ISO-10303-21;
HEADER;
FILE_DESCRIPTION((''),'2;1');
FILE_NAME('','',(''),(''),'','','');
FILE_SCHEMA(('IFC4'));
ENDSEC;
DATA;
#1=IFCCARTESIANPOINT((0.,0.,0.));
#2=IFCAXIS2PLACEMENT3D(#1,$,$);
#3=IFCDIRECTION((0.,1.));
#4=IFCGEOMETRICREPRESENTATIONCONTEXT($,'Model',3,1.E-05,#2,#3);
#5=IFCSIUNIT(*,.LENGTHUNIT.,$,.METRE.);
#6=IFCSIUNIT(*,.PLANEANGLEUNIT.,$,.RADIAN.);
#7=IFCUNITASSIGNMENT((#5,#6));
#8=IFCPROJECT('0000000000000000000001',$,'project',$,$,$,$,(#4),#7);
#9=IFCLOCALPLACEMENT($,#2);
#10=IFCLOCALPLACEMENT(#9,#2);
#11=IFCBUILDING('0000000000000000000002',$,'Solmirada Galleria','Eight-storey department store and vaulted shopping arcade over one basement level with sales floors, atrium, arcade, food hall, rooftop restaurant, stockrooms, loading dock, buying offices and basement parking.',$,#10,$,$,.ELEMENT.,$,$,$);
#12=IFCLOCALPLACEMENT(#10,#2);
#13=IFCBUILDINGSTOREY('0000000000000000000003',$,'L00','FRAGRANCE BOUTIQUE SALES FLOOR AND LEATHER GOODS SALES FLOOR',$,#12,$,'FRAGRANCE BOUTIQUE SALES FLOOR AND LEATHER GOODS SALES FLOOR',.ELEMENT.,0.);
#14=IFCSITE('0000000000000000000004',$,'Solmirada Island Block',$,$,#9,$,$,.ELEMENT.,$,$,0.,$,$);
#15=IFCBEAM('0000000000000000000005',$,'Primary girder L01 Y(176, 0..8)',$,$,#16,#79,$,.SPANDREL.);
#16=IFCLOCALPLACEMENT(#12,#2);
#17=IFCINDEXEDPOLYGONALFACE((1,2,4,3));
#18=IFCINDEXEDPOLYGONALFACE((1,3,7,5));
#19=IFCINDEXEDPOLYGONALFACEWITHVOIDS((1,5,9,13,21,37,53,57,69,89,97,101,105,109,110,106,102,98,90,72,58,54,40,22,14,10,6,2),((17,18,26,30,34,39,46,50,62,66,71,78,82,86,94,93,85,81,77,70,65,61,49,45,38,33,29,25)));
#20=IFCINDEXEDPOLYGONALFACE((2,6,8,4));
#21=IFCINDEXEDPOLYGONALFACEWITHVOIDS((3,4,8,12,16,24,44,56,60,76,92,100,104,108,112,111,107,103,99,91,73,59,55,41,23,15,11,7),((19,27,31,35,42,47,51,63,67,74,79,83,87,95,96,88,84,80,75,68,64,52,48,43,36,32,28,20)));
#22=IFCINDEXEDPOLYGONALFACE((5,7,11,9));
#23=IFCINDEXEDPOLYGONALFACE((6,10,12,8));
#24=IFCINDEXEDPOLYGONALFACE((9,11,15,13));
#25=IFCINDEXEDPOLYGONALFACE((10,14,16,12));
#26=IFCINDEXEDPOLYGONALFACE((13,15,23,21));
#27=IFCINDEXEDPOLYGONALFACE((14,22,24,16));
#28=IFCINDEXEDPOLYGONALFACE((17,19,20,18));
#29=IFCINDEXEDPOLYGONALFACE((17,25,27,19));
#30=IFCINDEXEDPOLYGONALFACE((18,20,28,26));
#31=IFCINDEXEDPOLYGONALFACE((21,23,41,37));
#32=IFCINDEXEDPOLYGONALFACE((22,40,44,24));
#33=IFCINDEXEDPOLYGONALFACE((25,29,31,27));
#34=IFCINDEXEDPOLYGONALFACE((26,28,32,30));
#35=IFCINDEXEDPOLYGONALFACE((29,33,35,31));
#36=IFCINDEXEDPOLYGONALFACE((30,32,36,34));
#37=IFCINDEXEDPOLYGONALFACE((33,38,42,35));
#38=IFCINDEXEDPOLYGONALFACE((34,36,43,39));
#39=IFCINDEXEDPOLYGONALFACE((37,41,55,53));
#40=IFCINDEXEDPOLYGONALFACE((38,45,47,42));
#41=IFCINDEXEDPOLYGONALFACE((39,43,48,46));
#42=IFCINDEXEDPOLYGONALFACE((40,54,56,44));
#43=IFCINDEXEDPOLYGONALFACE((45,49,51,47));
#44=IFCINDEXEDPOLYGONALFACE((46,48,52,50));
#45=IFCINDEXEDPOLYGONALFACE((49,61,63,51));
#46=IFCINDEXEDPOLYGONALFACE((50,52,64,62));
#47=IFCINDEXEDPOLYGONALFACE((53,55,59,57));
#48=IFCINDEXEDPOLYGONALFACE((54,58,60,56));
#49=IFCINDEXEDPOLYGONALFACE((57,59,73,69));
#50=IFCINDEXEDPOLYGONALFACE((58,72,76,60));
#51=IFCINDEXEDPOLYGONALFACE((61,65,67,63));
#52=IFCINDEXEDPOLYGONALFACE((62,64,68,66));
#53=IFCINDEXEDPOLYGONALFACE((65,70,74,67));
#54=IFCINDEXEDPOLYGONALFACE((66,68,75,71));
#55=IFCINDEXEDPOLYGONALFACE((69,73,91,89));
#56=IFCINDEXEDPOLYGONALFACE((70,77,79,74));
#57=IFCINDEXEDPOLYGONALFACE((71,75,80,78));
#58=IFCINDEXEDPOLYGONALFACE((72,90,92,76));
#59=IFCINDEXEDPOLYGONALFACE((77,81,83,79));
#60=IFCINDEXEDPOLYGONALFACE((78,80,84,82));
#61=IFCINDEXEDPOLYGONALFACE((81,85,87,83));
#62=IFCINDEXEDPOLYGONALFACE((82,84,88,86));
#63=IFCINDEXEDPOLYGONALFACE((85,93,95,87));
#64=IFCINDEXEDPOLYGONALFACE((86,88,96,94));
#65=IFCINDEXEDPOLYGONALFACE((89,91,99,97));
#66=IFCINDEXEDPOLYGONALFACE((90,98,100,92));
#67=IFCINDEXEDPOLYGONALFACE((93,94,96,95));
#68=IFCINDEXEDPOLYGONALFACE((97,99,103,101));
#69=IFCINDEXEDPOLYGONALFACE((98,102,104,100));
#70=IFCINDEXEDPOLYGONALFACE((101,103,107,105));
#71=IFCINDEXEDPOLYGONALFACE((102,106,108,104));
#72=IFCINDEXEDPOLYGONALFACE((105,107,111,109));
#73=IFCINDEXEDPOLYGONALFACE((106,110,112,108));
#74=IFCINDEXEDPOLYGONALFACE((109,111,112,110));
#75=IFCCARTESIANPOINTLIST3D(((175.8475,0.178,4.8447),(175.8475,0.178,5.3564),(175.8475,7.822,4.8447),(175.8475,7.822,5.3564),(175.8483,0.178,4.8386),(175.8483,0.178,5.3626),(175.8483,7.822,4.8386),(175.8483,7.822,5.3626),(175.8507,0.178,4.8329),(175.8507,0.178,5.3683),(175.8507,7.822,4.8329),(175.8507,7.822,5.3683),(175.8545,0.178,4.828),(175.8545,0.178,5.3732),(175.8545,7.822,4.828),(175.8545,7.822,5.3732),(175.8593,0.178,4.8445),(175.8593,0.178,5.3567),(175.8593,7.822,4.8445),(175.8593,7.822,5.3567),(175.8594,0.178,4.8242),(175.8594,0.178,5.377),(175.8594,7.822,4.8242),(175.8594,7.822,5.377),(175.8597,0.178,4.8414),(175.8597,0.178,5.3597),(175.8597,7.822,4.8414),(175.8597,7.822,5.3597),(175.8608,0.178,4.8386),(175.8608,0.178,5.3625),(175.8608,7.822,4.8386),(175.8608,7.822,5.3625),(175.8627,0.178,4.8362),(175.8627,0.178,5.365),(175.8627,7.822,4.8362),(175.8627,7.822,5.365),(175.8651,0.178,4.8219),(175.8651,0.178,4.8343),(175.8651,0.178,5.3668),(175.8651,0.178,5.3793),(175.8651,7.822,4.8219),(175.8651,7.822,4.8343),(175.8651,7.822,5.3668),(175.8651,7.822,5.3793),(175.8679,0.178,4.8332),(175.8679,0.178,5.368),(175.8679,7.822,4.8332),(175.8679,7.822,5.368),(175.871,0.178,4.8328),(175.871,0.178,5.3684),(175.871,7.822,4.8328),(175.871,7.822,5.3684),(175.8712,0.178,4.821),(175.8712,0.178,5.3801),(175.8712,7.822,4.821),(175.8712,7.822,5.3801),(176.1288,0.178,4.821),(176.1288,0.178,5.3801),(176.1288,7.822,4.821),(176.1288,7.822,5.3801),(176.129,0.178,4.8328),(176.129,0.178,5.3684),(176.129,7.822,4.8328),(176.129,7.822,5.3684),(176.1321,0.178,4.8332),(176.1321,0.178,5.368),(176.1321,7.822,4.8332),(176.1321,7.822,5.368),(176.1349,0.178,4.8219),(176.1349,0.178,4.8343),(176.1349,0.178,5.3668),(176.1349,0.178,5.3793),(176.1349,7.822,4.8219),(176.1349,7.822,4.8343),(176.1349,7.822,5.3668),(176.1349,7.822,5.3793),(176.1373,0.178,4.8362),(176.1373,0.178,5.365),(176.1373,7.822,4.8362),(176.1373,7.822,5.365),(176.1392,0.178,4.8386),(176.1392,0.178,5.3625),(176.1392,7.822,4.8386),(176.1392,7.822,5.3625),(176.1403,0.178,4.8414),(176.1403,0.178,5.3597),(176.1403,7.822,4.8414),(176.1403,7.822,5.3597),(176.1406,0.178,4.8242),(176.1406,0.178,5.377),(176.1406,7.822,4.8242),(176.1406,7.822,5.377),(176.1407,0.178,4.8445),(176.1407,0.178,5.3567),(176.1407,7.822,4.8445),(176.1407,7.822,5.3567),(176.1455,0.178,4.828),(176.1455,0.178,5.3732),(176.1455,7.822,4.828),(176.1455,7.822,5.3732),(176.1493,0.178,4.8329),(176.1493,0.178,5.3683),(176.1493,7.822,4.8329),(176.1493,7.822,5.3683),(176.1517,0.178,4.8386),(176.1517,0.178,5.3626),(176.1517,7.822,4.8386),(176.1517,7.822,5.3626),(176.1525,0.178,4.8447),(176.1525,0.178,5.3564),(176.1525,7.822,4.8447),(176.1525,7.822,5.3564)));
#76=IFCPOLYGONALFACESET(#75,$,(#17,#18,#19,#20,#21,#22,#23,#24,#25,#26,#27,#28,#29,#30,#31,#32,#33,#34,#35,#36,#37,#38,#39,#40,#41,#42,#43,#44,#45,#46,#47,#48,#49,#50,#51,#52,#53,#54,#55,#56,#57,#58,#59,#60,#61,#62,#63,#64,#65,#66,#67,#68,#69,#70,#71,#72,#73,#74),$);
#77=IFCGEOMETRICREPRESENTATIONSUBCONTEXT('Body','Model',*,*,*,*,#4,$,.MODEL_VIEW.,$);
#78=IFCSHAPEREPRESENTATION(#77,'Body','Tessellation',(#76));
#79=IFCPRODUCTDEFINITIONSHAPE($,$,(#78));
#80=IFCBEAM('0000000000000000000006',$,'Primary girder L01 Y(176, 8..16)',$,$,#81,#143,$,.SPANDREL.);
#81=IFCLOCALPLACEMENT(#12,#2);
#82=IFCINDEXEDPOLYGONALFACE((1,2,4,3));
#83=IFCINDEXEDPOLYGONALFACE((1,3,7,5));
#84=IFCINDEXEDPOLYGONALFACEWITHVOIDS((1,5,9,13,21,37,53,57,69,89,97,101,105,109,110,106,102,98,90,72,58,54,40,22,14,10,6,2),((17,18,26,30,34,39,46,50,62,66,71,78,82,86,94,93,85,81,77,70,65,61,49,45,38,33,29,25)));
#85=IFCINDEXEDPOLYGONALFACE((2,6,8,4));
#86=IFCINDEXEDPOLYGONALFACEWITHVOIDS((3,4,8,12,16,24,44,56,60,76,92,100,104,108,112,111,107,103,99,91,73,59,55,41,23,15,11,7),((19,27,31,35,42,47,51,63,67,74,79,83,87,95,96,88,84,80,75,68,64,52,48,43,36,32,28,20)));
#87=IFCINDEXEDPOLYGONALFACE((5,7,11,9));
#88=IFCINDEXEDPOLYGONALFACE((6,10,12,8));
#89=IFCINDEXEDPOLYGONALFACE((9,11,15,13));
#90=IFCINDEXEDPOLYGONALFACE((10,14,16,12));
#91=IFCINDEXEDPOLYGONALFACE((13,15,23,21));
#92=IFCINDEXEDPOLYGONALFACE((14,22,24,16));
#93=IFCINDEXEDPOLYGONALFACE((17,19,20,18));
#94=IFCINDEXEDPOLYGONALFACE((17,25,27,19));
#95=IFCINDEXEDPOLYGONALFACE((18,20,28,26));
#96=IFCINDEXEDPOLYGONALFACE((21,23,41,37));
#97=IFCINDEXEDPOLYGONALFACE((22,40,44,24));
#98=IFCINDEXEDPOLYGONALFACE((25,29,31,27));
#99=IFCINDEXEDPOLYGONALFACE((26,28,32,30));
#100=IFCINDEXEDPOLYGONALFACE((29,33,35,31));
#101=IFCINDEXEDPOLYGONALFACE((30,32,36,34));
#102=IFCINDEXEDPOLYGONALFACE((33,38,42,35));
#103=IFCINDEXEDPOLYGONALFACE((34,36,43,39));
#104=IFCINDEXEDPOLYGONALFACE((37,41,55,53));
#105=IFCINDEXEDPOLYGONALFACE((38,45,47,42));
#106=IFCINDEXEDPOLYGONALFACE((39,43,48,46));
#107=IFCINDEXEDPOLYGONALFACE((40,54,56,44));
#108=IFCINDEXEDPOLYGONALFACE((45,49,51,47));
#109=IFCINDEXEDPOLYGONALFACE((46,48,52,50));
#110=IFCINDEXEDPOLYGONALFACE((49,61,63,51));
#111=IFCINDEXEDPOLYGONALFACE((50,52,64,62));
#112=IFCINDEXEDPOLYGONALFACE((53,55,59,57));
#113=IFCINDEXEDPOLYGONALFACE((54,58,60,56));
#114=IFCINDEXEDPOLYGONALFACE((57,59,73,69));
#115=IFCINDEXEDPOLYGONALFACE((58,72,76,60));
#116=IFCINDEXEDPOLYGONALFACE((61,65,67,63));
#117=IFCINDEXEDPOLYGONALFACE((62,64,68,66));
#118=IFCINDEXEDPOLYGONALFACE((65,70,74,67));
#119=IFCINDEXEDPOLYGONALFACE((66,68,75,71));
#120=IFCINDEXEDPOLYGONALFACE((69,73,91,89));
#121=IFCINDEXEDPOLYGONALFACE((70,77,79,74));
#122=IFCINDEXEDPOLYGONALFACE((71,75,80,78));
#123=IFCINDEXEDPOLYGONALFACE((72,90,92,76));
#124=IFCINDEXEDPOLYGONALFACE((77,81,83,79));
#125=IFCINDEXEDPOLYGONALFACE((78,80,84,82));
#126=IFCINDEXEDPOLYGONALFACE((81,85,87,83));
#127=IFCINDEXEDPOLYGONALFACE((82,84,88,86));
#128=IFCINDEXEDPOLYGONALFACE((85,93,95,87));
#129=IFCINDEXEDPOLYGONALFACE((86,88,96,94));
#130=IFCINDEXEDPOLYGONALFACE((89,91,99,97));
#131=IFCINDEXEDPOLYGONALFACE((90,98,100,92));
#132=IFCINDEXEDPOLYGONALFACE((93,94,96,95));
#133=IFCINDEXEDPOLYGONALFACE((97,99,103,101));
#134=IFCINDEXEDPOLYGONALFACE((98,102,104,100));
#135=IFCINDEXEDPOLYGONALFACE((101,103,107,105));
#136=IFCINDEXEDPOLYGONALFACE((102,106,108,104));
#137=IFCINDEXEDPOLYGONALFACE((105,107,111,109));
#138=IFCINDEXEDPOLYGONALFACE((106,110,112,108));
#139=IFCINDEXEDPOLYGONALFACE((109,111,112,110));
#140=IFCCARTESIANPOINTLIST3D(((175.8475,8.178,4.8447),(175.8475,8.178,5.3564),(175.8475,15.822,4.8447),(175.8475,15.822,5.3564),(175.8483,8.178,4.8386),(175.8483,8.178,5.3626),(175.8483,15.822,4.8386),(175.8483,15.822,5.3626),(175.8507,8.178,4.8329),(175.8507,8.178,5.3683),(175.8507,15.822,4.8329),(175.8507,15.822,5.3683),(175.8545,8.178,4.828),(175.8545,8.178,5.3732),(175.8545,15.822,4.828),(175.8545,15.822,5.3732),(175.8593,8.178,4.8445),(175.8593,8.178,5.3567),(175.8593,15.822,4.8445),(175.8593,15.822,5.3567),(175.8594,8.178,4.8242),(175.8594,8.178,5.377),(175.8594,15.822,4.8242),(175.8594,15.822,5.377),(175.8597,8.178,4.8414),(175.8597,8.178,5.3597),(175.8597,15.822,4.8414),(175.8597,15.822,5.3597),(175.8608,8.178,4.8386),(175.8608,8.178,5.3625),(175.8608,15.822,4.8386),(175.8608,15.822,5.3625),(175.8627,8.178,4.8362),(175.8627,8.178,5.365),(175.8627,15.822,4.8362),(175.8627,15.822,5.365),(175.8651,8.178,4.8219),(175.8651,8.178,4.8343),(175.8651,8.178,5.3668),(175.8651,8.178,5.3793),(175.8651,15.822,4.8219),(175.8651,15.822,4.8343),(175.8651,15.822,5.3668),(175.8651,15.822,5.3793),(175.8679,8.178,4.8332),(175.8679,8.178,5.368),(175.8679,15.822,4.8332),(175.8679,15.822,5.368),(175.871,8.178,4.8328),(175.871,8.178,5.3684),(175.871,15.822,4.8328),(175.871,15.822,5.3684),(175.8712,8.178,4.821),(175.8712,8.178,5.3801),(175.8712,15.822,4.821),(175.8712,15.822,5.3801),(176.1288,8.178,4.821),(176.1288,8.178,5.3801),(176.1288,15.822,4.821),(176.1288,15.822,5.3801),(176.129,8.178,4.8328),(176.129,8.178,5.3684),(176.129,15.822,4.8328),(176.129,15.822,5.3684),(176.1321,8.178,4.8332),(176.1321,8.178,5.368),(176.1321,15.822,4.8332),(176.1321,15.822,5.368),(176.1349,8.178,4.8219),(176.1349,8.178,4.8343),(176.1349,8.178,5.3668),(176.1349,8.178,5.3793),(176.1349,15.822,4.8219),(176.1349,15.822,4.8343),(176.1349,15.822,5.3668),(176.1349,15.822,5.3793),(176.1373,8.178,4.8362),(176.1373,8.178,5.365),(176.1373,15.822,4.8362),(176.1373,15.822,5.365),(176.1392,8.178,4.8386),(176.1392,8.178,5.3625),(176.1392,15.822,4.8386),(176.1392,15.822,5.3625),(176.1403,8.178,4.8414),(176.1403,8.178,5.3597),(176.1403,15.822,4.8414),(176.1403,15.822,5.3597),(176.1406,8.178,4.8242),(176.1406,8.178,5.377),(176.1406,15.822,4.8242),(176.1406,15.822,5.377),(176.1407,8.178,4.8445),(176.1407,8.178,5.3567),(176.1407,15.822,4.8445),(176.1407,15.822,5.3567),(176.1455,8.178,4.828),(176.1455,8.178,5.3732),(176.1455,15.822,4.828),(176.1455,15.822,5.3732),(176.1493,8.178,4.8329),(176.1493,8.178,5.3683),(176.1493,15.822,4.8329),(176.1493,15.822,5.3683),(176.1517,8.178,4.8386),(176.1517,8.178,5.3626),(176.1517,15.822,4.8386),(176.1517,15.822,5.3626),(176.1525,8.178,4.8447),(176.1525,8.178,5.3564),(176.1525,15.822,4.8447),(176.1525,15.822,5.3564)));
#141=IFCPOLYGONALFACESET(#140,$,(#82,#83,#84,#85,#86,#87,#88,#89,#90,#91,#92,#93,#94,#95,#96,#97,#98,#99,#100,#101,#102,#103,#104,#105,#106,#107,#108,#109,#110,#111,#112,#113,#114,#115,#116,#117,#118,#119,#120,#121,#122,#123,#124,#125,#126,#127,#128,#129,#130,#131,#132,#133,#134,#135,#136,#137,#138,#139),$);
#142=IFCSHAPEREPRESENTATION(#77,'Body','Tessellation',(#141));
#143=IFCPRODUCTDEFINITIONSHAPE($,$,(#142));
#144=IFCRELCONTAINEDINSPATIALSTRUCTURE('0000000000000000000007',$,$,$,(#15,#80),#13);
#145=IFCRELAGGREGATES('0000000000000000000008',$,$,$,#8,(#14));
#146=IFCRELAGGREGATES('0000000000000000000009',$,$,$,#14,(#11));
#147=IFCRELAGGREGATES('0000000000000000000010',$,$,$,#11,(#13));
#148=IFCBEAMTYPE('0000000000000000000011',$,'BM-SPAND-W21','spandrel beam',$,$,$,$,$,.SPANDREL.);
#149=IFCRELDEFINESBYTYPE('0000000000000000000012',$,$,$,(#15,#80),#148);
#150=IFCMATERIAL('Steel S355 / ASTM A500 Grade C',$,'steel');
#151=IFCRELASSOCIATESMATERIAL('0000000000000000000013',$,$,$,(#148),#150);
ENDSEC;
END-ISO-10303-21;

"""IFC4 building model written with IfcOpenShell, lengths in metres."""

from ifc_helpers import new_model, si_unit, direction, frame, origin, origin_2d, place, context, subcontext, project, spatial, hollow_rectangle, extrude, material, material_profile, profile_set, type_object, element, save


model = new_model("IFC4")

# Units and contexts
model_context = context("Model", 3, precision=1e-05, world=origin(), true_north=direction((0.0, 1.0)))
body_context = subcontext(model_context, "Body", "Model", "MODEL_VIEW")
ifc_project = project(units=[si_unit("LENGTHUNIT", "METRE"), si_unit("PLANEANGLEUNIT", "RADIAN")], contexts=[model_context])

# Site, building, storey
site_placement = place(None, origin())
site = spatial("IfcSite", under=ifc_project, at=site_placement, Name="Solmirada Island Block", CompositionType="ELEMENT", RefElevation=0.0)
building_placement = place(site_placement, origin())
building = spatial("IfcBuilding", under=site, at=building_placement, Name="Solmirada Galleria", Description="Eight-storey department store and vaulted shopping arcade over one basement level with sales floors, atrium, arcade, food hall, rooftop restaurant, stockrooms, loading dock, buying offices and basement parking.", CompositionType="ELEMENT")
storey_placement = place(building_placement, origin())
storey = spatial("IfcBuildingStorey", under=building, at=storey_placement, Name="L00", Description="FRAGRANCE BOUTIQUE SALES FLOOR AND LEATHER GOODS SALES FLOOR", LongName="FRAGRANCE BOUTIQUE SALES FLOOR AND LEATHER GOODS SALES FLOOR", CompositionType="ELEMENT", Elevation=0.0)

# Shared definitions
ifc_material_1 = material(Name="Steel S355 / ASTM A500 Grade C", Category="steel")

# Beams
ifc_material_profile_1 = material_profile(ifc_material_1, hollow_rectangle(XDim=0.3049, YDim=0.5591, WallThickness=0.0117, InnerFilletRadius=0.0117, OuterFilletRadius=0.0237, at=origin_2d()), Name="HSS22X12X1/2")
ifc_profile_set_1 = profile_set([ifc_material_profile_1], Name="Steel S355 / ASTM A500 Grade C")
beam_type = type_object("IfcBeamType", Name="BM-SPAND-W21", Description="spandrel beam", PredefinedType="SPANDREL", material=ifc_profile_set_1)
for number, where, z_axis, x_axis, name in (
    (1, (176.0, 0.178, 5.1006), (0.0, 1.0, 0.0), (-1.0, 0.0, 0.0), "Primary girder L01 Y(176, 0..8)"),
    (2, (176.0, 8.178, 5.1006), (0.0, 1.0, 0.0), (-1.0, 0.0, 0.0), "Primary girder L01 Y(176, 8..16)"),
):
    element("IfcBeam", number, at=place(storey_placement, frame(where, z_axis=z_axis, x_axis=x_axis)), inside=storey, type_object=beam_type, Name=name, PredefinedType="SPANDREL", context=body_context, shape_type="SweptSolid", body=[
        extrude(hollow_rectangle(XDim=0.3049, YDim=0.5591, WallThickness=0.0117, InnerFilletRadius=0.0117, OuterFilletRadius=0.0237, at=origin_2d()), origin(), (0.0, 0.0, 1.0), 7.644),
    ])

save(model, "model.ifc")
